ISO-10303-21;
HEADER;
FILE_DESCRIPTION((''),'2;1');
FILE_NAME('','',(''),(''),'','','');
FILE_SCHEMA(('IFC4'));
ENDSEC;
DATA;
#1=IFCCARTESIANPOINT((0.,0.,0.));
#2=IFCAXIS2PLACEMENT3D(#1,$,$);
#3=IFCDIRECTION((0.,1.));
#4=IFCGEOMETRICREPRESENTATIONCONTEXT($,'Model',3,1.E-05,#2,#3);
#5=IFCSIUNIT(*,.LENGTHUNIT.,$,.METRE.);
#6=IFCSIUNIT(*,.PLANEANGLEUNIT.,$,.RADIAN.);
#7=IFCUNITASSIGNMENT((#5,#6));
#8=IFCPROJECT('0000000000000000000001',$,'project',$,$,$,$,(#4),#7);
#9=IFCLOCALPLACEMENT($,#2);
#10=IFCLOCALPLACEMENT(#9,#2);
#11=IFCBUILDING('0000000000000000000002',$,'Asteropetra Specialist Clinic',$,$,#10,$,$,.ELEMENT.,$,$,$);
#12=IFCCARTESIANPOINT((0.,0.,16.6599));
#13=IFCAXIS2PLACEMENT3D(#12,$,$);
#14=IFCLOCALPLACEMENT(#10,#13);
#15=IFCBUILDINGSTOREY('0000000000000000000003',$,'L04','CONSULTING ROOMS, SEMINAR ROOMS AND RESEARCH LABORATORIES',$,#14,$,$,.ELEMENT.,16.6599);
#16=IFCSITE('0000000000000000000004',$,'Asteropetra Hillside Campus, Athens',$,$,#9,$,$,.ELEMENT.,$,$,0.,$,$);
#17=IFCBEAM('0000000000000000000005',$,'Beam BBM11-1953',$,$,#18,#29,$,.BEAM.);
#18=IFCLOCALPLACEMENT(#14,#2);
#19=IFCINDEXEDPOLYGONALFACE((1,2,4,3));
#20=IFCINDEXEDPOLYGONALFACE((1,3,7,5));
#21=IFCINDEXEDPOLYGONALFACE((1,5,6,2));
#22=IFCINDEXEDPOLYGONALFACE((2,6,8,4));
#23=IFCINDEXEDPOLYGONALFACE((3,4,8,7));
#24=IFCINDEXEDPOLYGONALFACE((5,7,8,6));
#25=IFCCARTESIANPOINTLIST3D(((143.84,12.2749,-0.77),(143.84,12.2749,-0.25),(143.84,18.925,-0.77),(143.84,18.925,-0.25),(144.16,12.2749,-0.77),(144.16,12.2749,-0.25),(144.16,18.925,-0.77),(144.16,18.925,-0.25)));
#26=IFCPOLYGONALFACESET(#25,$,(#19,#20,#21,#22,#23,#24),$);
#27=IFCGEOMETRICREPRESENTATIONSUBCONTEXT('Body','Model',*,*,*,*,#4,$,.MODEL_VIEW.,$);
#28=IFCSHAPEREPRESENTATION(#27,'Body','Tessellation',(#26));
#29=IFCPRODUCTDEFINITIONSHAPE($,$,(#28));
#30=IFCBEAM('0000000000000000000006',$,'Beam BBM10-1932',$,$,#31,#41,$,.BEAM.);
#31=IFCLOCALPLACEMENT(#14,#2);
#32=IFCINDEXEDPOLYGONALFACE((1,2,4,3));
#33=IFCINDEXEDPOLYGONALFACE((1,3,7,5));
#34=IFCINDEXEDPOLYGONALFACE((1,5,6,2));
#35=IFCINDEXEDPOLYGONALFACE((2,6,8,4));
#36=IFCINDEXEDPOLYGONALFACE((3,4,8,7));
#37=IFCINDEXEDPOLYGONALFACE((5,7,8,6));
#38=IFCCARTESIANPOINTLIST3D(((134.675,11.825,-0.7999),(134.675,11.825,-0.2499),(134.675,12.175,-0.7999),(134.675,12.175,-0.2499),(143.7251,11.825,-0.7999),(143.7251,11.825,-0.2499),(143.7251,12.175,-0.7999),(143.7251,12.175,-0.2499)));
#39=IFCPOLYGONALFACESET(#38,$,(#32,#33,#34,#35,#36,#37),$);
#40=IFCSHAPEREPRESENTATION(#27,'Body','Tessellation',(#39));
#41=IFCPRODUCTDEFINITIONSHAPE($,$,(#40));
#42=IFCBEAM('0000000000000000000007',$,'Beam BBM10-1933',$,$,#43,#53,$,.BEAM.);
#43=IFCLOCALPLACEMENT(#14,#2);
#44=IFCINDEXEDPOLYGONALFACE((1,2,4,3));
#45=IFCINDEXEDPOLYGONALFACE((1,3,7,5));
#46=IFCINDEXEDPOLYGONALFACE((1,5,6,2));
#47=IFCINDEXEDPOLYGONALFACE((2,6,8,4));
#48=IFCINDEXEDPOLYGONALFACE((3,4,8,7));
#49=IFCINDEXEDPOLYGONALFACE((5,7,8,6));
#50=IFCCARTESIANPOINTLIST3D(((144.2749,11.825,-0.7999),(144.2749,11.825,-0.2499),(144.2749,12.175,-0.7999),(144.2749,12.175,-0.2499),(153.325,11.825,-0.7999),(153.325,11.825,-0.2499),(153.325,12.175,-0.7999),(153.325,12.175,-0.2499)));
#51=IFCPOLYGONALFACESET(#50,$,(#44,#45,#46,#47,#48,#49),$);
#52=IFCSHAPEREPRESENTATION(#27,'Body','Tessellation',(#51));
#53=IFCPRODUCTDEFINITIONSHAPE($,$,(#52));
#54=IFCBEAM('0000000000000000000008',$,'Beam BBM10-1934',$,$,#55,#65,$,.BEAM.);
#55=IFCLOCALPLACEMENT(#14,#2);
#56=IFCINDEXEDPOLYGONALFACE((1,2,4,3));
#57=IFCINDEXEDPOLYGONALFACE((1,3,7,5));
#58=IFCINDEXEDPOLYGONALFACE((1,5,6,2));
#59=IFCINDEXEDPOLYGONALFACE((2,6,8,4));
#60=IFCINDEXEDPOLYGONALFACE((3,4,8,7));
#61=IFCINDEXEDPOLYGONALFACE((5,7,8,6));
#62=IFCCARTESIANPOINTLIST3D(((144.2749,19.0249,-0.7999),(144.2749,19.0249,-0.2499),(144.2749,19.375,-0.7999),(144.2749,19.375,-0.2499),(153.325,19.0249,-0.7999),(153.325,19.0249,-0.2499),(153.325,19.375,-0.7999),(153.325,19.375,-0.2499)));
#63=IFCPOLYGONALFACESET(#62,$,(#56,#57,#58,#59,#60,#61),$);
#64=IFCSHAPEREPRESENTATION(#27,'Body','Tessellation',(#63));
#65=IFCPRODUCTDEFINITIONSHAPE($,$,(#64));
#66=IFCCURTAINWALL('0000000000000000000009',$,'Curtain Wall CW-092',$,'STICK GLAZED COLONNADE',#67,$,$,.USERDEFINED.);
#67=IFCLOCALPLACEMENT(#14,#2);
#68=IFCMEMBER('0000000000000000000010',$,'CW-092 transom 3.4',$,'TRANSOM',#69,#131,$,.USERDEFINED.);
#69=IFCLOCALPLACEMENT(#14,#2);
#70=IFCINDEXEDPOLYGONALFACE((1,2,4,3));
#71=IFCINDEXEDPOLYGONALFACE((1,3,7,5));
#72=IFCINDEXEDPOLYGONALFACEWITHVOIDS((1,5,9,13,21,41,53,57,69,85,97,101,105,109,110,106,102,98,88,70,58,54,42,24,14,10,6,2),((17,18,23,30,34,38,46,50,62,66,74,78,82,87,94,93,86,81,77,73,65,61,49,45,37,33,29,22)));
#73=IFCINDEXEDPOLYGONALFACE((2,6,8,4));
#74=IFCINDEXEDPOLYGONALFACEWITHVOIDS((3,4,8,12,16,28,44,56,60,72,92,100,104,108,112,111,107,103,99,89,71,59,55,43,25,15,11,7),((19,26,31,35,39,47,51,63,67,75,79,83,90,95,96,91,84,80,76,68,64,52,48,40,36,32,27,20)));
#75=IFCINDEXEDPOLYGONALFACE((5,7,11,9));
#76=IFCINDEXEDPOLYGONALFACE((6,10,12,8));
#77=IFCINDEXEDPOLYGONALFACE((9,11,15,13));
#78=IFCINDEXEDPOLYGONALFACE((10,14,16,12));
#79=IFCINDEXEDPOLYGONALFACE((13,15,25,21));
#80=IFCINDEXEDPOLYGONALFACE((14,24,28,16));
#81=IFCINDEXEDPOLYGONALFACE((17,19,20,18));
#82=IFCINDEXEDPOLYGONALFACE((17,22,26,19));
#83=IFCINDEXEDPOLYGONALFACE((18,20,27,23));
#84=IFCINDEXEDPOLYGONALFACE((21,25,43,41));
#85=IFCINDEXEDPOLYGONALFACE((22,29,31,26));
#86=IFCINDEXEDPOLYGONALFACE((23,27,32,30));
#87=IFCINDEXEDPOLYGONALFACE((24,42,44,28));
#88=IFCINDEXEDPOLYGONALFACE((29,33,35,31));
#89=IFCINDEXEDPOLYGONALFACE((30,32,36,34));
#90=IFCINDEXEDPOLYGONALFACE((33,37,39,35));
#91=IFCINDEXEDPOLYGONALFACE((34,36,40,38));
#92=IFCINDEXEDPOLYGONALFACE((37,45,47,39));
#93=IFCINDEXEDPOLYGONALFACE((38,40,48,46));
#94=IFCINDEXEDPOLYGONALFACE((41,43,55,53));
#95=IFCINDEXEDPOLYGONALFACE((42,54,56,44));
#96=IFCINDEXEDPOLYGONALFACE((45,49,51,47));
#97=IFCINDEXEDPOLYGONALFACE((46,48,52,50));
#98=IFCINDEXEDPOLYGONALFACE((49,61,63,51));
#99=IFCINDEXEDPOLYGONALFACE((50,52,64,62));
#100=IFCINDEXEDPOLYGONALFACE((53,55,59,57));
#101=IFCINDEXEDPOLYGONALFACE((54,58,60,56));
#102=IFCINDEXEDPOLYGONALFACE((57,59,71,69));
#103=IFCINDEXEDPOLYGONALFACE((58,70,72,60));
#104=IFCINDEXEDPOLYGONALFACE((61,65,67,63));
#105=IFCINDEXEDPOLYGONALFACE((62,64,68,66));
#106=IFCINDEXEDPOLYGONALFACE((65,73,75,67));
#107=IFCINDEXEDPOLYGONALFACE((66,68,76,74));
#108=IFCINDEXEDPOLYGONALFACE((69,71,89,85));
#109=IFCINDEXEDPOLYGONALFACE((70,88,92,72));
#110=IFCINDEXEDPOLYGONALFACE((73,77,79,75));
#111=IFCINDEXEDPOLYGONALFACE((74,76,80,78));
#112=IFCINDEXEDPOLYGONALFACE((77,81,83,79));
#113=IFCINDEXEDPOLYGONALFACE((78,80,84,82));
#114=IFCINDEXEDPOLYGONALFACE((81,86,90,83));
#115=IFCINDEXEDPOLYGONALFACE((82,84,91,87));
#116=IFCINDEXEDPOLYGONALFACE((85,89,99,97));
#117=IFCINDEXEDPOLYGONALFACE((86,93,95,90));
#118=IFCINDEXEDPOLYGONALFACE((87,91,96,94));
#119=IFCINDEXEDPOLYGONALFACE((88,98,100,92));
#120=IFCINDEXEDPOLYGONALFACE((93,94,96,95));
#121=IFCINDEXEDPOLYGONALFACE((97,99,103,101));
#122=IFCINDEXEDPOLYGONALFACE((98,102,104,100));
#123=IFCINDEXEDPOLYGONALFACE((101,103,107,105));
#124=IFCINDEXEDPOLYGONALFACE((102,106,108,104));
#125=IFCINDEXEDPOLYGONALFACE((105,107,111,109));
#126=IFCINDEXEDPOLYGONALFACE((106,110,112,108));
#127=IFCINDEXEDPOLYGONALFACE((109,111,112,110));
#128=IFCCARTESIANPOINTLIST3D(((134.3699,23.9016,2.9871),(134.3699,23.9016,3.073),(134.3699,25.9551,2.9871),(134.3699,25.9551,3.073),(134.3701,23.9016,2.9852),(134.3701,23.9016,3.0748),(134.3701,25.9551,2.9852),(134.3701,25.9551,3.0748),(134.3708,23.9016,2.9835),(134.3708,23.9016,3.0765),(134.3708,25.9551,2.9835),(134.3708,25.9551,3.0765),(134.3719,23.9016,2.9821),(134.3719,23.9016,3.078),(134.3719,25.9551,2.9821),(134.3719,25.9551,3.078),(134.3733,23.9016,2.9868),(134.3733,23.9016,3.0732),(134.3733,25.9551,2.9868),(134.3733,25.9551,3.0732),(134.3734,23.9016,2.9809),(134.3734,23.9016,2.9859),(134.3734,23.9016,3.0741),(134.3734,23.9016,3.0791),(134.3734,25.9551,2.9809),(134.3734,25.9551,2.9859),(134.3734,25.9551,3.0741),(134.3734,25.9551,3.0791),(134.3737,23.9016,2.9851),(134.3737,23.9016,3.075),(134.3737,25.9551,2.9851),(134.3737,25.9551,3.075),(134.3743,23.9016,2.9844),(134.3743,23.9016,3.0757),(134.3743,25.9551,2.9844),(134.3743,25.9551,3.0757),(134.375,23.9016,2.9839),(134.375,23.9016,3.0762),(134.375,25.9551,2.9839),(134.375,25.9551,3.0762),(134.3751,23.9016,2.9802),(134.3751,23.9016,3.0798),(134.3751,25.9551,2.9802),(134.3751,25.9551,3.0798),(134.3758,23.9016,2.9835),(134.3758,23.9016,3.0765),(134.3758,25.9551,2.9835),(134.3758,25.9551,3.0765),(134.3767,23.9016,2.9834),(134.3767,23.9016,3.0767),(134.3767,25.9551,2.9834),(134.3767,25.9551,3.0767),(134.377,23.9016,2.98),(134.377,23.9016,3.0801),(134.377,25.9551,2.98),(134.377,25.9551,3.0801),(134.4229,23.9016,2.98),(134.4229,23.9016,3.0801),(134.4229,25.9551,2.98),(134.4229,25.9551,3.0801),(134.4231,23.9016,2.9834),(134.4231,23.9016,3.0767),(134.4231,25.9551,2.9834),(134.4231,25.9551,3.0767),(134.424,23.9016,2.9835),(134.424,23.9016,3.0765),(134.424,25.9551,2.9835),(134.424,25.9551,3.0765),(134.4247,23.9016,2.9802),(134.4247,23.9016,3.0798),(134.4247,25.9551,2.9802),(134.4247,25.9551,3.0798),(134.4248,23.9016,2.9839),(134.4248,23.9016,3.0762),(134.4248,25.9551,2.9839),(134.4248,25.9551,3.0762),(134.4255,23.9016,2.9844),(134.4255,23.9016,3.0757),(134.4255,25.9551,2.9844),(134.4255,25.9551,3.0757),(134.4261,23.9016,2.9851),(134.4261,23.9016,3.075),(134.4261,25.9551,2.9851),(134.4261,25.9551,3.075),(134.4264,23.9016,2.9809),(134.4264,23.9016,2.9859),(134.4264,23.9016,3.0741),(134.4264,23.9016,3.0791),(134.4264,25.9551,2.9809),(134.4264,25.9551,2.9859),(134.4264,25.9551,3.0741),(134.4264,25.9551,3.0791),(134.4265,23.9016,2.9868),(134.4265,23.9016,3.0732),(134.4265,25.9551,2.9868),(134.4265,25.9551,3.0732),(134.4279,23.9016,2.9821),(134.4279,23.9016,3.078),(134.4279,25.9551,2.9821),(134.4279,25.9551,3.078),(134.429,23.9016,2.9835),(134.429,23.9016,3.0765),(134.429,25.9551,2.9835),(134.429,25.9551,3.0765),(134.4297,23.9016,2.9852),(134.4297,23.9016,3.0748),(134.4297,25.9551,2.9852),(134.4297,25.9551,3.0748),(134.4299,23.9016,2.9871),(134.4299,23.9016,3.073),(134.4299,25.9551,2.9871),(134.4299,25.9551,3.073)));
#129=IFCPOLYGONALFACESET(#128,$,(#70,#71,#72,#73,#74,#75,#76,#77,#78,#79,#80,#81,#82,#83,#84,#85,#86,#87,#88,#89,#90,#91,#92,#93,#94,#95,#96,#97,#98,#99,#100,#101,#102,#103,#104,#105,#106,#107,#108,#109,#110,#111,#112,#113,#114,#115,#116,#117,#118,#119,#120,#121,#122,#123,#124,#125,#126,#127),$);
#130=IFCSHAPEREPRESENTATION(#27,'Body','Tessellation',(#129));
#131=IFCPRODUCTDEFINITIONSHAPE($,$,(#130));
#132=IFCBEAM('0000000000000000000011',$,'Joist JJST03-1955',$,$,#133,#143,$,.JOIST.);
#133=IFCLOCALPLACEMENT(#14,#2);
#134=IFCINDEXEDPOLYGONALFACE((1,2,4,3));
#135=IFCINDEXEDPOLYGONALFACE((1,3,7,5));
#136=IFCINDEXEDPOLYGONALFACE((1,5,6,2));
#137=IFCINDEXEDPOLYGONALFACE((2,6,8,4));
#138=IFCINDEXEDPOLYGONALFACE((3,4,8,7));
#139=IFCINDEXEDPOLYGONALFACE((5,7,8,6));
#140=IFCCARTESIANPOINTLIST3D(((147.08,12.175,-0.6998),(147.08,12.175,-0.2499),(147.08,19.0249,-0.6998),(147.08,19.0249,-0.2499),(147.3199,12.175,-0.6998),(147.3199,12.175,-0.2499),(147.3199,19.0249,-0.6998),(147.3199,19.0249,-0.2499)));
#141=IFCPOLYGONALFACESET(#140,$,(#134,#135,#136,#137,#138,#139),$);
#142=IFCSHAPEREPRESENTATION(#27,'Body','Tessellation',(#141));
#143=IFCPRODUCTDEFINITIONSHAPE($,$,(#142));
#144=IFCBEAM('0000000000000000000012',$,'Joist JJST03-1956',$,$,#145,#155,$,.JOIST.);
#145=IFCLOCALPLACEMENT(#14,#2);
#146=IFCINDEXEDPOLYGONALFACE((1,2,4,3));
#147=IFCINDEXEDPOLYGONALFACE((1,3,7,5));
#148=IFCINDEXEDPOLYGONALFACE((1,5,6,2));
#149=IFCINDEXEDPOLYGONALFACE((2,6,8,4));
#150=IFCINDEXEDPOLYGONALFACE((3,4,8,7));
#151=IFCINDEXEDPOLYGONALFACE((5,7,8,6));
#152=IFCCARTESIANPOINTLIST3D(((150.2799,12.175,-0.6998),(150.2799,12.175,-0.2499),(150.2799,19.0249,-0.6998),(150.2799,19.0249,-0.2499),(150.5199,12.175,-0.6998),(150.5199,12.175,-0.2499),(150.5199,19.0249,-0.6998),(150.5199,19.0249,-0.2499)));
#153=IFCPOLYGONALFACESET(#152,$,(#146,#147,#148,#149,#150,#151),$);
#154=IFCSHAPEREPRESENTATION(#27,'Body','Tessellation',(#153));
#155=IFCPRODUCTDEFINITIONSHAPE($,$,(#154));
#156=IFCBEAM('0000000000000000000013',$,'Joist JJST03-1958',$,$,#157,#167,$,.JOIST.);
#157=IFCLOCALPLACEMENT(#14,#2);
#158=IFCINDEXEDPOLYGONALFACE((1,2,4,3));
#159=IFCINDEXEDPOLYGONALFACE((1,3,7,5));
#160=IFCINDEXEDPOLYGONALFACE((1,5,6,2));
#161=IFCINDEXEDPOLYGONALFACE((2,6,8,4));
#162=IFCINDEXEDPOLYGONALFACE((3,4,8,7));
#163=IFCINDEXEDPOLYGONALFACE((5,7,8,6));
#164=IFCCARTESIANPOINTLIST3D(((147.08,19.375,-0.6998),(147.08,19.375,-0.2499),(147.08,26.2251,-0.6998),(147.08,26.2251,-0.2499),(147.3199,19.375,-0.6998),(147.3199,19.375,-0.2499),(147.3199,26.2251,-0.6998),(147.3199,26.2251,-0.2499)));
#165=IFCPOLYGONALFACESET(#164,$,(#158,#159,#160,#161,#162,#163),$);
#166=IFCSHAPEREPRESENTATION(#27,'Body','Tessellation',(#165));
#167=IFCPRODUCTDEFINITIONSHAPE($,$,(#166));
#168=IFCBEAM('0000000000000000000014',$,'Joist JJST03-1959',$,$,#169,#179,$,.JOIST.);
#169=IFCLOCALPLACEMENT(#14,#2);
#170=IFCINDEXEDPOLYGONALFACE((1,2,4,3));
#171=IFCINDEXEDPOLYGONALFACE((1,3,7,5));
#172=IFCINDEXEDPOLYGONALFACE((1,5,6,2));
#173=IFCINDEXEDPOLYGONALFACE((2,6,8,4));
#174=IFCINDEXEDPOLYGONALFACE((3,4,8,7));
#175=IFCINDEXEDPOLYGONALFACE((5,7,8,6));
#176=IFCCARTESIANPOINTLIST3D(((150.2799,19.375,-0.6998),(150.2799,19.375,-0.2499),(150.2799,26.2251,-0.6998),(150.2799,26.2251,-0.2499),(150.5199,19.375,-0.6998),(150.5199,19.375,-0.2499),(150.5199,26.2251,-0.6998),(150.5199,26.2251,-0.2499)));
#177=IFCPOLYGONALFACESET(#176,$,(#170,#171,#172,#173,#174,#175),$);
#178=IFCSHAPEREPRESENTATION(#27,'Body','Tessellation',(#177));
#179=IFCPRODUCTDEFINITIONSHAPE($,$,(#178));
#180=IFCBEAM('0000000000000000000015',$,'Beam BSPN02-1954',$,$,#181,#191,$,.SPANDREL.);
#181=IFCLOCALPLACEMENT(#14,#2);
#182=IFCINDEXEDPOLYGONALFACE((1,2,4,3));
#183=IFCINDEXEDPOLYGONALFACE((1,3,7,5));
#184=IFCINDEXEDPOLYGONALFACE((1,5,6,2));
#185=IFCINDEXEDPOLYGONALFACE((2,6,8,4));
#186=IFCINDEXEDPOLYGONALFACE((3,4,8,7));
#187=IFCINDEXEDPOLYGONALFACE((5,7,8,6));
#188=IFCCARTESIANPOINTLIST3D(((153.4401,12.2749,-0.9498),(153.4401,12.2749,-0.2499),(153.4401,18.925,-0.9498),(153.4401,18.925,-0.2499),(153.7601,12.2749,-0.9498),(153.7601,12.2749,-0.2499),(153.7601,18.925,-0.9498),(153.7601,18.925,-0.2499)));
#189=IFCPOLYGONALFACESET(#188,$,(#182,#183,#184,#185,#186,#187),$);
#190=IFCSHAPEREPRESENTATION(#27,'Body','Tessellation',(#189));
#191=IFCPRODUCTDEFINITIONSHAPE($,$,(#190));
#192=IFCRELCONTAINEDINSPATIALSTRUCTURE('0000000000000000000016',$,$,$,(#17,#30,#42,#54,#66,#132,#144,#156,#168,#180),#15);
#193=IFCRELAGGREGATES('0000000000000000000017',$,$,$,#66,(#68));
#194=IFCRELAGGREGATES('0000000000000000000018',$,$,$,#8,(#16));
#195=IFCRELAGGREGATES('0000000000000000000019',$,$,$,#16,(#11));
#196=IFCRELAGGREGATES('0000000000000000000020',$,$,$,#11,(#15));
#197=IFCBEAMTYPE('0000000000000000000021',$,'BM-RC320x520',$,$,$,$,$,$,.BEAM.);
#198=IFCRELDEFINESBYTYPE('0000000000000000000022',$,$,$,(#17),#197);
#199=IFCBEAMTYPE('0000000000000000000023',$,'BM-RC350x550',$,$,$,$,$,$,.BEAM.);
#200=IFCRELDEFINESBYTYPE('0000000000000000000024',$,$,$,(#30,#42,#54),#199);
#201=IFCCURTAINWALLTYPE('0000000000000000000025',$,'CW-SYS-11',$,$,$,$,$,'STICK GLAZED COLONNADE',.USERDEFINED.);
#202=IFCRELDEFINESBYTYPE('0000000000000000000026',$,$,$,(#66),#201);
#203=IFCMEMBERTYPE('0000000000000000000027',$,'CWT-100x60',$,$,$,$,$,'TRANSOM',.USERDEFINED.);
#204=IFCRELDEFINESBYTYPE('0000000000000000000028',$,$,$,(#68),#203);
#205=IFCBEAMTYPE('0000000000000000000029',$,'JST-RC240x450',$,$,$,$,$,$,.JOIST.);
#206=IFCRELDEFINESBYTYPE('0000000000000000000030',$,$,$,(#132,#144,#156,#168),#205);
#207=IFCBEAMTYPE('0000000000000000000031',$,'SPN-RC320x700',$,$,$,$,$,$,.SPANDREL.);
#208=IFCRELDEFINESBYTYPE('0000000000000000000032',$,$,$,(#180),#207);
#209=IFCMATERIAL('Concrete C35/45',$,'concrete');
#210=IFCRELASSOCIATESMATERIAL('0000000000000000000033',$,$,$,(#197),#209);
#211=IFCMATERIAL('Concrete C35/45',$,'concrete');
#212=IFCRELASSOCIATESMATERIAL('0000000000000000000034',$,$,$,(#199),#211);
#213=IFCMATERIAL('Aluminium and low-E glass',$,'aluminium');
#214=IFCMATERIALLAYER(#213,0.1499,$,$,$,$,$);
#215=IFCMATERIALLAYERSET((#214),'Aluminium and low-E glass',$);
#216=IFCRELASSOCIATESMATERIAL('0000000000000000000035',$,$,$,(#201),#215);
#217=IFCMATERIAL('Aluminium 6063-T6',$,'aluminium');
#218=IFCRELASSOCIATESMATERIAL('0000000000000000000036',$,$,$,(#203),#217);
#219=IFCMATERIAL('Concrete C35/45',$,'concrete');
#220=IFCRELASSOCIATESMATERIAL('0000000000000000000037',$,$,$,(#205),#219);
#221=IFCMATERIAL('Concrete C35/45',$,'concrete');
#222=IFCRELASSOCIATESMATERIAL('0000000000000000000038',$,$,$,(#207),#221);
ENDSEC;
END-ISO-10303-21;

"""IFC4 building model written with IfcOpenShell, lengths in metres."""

from ifc_helpers import new_model, si_unit, direction, frame, origin, origin_2d, place, context, subcontext, project, spatial, rectangle, hollow_rectangle, extrude, material, layer, layer_set, material_profile, profile_set, type_object, element, aggregate, save


model = new_model("IFC4")

# Units and contexts
model_context = context("Model", 3, precision=1e-05, world=origin(), true_north=direction((0.0, 1.0)))
body_context = subcontext(model_context, "Body", "Model", "MODEL_VIEW")
ifc_project = project(units=[si_unit("LENGTHUNIT", "METRE"), si_unit("PLANEANGLEUNIT", "RADIAN")], contexts=[model_context])

# Site, building, storey
site_placement = place(None, origin())
site = spatial("IfcSite", under=ifc_project, at=site_placement, Name="Asteropetra Hillside Campus, Athens", CompositionType="ELEMENT", RefElevation=0.0)
building_placement = place(site_placement, origin())
building = spatial("IfcBuilding", under=site, at=building_placement, Name="Asteropetra Specialist Clinic", CompositionType="ELEMENT")
storey_placement = place(building_placement, frame((0.0, 0.0, 16.6599)))
storey = spatial("IfcBuildingStorey", under=building, at=storey_placement, Name="L04", Description="CONSULTING ROOMS, SEMINAR ROOMS AND RESEARCH LABORATORIES", CompositionType="ELEMENT", Elevation=16.6599)

# Beams
ifc_material_1 = material(Name="Concrete C35/45", Category="concrete")
ifc_material_profile_1 = material_profile(ifc_material_1, rectangle(XDim=0.3201, YDim=0.52, at=origin_2d()), Name="RCB 320x520")
ifc_profile_set_1 = profile_set([ifc_material_profile_1], Name="Concrete C35/45")
beam_type_1 = type_object("IfcBeamType", Name="BM-RC320x520", PredefinedType="BEAM", material=ifc_profile_set_1)
beam_1_placement = place(storey_placement, frame((144.0, 12.2749, -0.51), z_axis=(0.0, 1.0, 0.0), x_axis=(-1.0, 0.0, 0.0)))
element("IfcBeam", 1, at=beam_1_placement, inside=storey, type_object=beam_type_1, Name="Beam BBM11-1953", PredefinedType="BEAM", context=body_context, shape_type="SweptSolid", body=[
    extrude(rectangle(XDim=0.3201, YDim=0.52, at=origin_2d()), origin(), (0.0, 0.0, 1.0), 6.6501),
])
ifc_material_2 = material(Name="Concrete C35/45", Category="concrete")
ifc_material_profile_2 = material_profile(ifc_material_2, rectangle(XDim=0.3501, YDim=0.55, at=origin_2d()), Name="RCB 350x550")
ifc_profile_set_2 = profile_set([ifc_material_profile_2], Name="Concrete C35/45")
beam_type_2 = type_object("IfcBeamType", Name="BM-RC350x550", PredefinedType="BEAM", material=ifc_profile_set_2)
for number, where, z_axis, x_axis, name in (
    (2, (134.675, 12.0, -0.5249), (1.0, 0.0, 0.0), (0.0, 1.0, 0.0), "Beam BBM10-1932"),
    (3, (144.2749, 12.0, -0.5249), (1.0, 0.0, 0.0), (0.0, 1.0, 0.0), "Beam BBM10-1933"),
    (4, (144.2749, 19.2, -0.5249), (1.0, 0.0, 0.0), (0.0, 1.0, 0.0), "Beam BBM10-1934"),
):
    element("IfcBeam", number, at=place(storey_placement, frame(where, z_axis=z_axis, x_axis=x_axis)), inside=storey, type_object=beam_type_2, Name=name, PredefinedType="BEAM", context=body_context, shape_type="SweptSolid", body=[
        extrude(rectangle(XDim=0.3501, YDim=0.55, at=origin_2d()), origin(), (0.0, 0.0, 1.0), 9.05),
    ])

# Curtain wall, member
ifc_material_3 = material(Name="Aluminium and low-E glass", Category="aluminium")
ifc_layer_1 = layer(ifc_material_3, 0.1499)
ifc_layer_set_1 = layer_set([ifc_layer_1], Name="Aluminium and low-E glass")
curtain_wall_type = type_object("IfcCurtainWallType", Name="CW-SYS-11", ElementType="STICK GLAZED COLONNADE", PredefinedType="USERDEFINED", material=ifc_layer_set_1)
curtain_wall_placement = place(storey_placement, origin())
curtain_wall = element("IfcCurtainWall", 5, at=curtain_wall_placement, inside=storey, type_object=curtain_wall_type, Name="Curtain Wall CW-092", ObjectType="STICK GLAZED COLONNADE", PredefinedType="USERDEFINED")
ifc_material_4 = material(Name="Aluminium 6063-T6", Category="aluminium")
ifc_material_profile_3 = material_profile(ifc_material_4, hollow_rectangle(XDim=0.0601, YDim=0.1001, WallThickness=0.0034, InnerFilletRadius=0.0034, OuterFilletRadius=0.0071, at=origin_2d()), Name="TRN 100x60x3.5")
ifc_profile_set_3 = profile_set([ifc_material_profile_3], Name="Aluminium 6063-T6")
member_type = type_object("IfcMemberType", Name="CWT-100x60", ElementType="TRANSOM", PredefinedType="USERDEFINED", material=ifc_profile_set_3)
member_placement = place(storey_placement, frame((134.3999, 23.9016, 3.03), z_axis=(0.0, 1.0, 0.0), x_axis=(-1.0, 0.0, 0.0)))
member = element("IfcMember", 6, at=member_placement, type_object=member_type, Name="CW-092 transom 3.4", ObjectType="TRANSOM", PredefinedType="USERDEFINED", context=body_context, shape_type="SweptSolid", body=[
    extrude(hollow_rectangle(XDim=0.0601, YDim=0.1001, WallThickness=0.0034, InnerFilletRadius=0.0034, OuterFilletRadius=0.0071, at=origin_2d()), origin(), (0.0, 0.0, 1.0), 2.0535),
])
aggregate(curtain_wall, [member])

# Beams
ifc_material_5 = material(Name="Concrete C35/45", Category="concrete")
ifc_material_profile_4 = material_profile(ifc_material_5, rectangle(XDim=0.24, YDim=0.45, at=origin_2d()), Name="RCJ 240x450")
ifc_profile_set_4 = profile_set([ifc_material_profile_4], Name="Concrete C35/45")
beam_type_3 = type_object("IfcBeamType", Name="JST-RC240x450", PredefinedType="JOIST", material=ifc_profile_set_4)
for number, where, z_axis, x_axis, name in (
    (7, (147.2, 12.175, -0.4749), (0.0, 1.0, 0.0), (-1.0, 0.0, 0.0), "Joist JJST03-1955"),
    (8, (150.3999, 12.175, -0.4749), (0.0, 1.0, 0.0), (-1.0, 0.0, 0.0), "Joist JJST03-1956"),
):
    element("IfcBeam", number, at=place(storey_placement, frame(where, z_axis=z_axis, x_axis=x_axis)), inside=storey, type_object=beam_type_3, Name=name, PredefinedType="JOIST", context=body_context, shape_type="SweptSolid", body=[
        extrude(rectangle(XDim=0.24, YDim=0.45, at=origin_2d()), origin(), (0.0, 0.0, 1.0), 6.8499),
    ])
for number, where, z_axis, x_axis, name in (
    (9, (147.2, 19.375, -0.4749), (0.0, 1.0, 0.0), (-1.0, 0.0, 0.0), "Joist JJST03-1958"),
    (10, (150.3999, 19.375, -0.4749), (0.0, 1.0, 0.0), (-1.0, 0.0, 0.0), "Joist JJST03-1959"),
):
    element("IfcBeam", number, at=place(storey_placement, frame(where, z_axis=z_axis, x_axis=x_axis)), inside=storey, type_object=beam_type_3, Name=name, PredefinedType="JOIST", context=body_context, shape_type="SweptSolid", body=[
        extrude(rectangle(XDim=0.24, YDim=0.45, at=origin_2d()), origin(), (0.0, 0.0, 1.0), 6.8501),
    ])
ifc_material_6 = material(Name="Concrete C35/45", Category="concrete")
ifc_material_profile_5 = material_profile(ifc_material_6, rectangle(XDim=0.3201, YDim=0.7, at=origin_2d()), Name="RCS 320x700")
ifc_profile_set_5 = profile_set([ifc_material_profile_5], Name="Concrete C35/45")
beam_type_4 = type_object("IfcBeamType", Name="SPN-RC320x700", PredefinedType="SPANDREL", material=ifc_profile_set_5)
beam_2_placement = place(storey_placement, frame((153.6001, 12.2749, -0.5999), z_axis=(0.0, 1.0, 0.0), x_axis=(-1.0, 0.0, 0.0)))
element("IfcBeam", 11, at=beam_2_placement, inside=storey, type_object=beam_type_4, Name="Beam BSPN02-1954", PredefinedType="SPANDREL", context=body_context, shape_type="SweptSolid", body=[
    extrude(rectangle(XDim=0.3201, YDim=0.7, at=origin_2d()), origin(), (0.0, 0.0, 1.0), 6.6501),
])

save(model, "model.ifc")
